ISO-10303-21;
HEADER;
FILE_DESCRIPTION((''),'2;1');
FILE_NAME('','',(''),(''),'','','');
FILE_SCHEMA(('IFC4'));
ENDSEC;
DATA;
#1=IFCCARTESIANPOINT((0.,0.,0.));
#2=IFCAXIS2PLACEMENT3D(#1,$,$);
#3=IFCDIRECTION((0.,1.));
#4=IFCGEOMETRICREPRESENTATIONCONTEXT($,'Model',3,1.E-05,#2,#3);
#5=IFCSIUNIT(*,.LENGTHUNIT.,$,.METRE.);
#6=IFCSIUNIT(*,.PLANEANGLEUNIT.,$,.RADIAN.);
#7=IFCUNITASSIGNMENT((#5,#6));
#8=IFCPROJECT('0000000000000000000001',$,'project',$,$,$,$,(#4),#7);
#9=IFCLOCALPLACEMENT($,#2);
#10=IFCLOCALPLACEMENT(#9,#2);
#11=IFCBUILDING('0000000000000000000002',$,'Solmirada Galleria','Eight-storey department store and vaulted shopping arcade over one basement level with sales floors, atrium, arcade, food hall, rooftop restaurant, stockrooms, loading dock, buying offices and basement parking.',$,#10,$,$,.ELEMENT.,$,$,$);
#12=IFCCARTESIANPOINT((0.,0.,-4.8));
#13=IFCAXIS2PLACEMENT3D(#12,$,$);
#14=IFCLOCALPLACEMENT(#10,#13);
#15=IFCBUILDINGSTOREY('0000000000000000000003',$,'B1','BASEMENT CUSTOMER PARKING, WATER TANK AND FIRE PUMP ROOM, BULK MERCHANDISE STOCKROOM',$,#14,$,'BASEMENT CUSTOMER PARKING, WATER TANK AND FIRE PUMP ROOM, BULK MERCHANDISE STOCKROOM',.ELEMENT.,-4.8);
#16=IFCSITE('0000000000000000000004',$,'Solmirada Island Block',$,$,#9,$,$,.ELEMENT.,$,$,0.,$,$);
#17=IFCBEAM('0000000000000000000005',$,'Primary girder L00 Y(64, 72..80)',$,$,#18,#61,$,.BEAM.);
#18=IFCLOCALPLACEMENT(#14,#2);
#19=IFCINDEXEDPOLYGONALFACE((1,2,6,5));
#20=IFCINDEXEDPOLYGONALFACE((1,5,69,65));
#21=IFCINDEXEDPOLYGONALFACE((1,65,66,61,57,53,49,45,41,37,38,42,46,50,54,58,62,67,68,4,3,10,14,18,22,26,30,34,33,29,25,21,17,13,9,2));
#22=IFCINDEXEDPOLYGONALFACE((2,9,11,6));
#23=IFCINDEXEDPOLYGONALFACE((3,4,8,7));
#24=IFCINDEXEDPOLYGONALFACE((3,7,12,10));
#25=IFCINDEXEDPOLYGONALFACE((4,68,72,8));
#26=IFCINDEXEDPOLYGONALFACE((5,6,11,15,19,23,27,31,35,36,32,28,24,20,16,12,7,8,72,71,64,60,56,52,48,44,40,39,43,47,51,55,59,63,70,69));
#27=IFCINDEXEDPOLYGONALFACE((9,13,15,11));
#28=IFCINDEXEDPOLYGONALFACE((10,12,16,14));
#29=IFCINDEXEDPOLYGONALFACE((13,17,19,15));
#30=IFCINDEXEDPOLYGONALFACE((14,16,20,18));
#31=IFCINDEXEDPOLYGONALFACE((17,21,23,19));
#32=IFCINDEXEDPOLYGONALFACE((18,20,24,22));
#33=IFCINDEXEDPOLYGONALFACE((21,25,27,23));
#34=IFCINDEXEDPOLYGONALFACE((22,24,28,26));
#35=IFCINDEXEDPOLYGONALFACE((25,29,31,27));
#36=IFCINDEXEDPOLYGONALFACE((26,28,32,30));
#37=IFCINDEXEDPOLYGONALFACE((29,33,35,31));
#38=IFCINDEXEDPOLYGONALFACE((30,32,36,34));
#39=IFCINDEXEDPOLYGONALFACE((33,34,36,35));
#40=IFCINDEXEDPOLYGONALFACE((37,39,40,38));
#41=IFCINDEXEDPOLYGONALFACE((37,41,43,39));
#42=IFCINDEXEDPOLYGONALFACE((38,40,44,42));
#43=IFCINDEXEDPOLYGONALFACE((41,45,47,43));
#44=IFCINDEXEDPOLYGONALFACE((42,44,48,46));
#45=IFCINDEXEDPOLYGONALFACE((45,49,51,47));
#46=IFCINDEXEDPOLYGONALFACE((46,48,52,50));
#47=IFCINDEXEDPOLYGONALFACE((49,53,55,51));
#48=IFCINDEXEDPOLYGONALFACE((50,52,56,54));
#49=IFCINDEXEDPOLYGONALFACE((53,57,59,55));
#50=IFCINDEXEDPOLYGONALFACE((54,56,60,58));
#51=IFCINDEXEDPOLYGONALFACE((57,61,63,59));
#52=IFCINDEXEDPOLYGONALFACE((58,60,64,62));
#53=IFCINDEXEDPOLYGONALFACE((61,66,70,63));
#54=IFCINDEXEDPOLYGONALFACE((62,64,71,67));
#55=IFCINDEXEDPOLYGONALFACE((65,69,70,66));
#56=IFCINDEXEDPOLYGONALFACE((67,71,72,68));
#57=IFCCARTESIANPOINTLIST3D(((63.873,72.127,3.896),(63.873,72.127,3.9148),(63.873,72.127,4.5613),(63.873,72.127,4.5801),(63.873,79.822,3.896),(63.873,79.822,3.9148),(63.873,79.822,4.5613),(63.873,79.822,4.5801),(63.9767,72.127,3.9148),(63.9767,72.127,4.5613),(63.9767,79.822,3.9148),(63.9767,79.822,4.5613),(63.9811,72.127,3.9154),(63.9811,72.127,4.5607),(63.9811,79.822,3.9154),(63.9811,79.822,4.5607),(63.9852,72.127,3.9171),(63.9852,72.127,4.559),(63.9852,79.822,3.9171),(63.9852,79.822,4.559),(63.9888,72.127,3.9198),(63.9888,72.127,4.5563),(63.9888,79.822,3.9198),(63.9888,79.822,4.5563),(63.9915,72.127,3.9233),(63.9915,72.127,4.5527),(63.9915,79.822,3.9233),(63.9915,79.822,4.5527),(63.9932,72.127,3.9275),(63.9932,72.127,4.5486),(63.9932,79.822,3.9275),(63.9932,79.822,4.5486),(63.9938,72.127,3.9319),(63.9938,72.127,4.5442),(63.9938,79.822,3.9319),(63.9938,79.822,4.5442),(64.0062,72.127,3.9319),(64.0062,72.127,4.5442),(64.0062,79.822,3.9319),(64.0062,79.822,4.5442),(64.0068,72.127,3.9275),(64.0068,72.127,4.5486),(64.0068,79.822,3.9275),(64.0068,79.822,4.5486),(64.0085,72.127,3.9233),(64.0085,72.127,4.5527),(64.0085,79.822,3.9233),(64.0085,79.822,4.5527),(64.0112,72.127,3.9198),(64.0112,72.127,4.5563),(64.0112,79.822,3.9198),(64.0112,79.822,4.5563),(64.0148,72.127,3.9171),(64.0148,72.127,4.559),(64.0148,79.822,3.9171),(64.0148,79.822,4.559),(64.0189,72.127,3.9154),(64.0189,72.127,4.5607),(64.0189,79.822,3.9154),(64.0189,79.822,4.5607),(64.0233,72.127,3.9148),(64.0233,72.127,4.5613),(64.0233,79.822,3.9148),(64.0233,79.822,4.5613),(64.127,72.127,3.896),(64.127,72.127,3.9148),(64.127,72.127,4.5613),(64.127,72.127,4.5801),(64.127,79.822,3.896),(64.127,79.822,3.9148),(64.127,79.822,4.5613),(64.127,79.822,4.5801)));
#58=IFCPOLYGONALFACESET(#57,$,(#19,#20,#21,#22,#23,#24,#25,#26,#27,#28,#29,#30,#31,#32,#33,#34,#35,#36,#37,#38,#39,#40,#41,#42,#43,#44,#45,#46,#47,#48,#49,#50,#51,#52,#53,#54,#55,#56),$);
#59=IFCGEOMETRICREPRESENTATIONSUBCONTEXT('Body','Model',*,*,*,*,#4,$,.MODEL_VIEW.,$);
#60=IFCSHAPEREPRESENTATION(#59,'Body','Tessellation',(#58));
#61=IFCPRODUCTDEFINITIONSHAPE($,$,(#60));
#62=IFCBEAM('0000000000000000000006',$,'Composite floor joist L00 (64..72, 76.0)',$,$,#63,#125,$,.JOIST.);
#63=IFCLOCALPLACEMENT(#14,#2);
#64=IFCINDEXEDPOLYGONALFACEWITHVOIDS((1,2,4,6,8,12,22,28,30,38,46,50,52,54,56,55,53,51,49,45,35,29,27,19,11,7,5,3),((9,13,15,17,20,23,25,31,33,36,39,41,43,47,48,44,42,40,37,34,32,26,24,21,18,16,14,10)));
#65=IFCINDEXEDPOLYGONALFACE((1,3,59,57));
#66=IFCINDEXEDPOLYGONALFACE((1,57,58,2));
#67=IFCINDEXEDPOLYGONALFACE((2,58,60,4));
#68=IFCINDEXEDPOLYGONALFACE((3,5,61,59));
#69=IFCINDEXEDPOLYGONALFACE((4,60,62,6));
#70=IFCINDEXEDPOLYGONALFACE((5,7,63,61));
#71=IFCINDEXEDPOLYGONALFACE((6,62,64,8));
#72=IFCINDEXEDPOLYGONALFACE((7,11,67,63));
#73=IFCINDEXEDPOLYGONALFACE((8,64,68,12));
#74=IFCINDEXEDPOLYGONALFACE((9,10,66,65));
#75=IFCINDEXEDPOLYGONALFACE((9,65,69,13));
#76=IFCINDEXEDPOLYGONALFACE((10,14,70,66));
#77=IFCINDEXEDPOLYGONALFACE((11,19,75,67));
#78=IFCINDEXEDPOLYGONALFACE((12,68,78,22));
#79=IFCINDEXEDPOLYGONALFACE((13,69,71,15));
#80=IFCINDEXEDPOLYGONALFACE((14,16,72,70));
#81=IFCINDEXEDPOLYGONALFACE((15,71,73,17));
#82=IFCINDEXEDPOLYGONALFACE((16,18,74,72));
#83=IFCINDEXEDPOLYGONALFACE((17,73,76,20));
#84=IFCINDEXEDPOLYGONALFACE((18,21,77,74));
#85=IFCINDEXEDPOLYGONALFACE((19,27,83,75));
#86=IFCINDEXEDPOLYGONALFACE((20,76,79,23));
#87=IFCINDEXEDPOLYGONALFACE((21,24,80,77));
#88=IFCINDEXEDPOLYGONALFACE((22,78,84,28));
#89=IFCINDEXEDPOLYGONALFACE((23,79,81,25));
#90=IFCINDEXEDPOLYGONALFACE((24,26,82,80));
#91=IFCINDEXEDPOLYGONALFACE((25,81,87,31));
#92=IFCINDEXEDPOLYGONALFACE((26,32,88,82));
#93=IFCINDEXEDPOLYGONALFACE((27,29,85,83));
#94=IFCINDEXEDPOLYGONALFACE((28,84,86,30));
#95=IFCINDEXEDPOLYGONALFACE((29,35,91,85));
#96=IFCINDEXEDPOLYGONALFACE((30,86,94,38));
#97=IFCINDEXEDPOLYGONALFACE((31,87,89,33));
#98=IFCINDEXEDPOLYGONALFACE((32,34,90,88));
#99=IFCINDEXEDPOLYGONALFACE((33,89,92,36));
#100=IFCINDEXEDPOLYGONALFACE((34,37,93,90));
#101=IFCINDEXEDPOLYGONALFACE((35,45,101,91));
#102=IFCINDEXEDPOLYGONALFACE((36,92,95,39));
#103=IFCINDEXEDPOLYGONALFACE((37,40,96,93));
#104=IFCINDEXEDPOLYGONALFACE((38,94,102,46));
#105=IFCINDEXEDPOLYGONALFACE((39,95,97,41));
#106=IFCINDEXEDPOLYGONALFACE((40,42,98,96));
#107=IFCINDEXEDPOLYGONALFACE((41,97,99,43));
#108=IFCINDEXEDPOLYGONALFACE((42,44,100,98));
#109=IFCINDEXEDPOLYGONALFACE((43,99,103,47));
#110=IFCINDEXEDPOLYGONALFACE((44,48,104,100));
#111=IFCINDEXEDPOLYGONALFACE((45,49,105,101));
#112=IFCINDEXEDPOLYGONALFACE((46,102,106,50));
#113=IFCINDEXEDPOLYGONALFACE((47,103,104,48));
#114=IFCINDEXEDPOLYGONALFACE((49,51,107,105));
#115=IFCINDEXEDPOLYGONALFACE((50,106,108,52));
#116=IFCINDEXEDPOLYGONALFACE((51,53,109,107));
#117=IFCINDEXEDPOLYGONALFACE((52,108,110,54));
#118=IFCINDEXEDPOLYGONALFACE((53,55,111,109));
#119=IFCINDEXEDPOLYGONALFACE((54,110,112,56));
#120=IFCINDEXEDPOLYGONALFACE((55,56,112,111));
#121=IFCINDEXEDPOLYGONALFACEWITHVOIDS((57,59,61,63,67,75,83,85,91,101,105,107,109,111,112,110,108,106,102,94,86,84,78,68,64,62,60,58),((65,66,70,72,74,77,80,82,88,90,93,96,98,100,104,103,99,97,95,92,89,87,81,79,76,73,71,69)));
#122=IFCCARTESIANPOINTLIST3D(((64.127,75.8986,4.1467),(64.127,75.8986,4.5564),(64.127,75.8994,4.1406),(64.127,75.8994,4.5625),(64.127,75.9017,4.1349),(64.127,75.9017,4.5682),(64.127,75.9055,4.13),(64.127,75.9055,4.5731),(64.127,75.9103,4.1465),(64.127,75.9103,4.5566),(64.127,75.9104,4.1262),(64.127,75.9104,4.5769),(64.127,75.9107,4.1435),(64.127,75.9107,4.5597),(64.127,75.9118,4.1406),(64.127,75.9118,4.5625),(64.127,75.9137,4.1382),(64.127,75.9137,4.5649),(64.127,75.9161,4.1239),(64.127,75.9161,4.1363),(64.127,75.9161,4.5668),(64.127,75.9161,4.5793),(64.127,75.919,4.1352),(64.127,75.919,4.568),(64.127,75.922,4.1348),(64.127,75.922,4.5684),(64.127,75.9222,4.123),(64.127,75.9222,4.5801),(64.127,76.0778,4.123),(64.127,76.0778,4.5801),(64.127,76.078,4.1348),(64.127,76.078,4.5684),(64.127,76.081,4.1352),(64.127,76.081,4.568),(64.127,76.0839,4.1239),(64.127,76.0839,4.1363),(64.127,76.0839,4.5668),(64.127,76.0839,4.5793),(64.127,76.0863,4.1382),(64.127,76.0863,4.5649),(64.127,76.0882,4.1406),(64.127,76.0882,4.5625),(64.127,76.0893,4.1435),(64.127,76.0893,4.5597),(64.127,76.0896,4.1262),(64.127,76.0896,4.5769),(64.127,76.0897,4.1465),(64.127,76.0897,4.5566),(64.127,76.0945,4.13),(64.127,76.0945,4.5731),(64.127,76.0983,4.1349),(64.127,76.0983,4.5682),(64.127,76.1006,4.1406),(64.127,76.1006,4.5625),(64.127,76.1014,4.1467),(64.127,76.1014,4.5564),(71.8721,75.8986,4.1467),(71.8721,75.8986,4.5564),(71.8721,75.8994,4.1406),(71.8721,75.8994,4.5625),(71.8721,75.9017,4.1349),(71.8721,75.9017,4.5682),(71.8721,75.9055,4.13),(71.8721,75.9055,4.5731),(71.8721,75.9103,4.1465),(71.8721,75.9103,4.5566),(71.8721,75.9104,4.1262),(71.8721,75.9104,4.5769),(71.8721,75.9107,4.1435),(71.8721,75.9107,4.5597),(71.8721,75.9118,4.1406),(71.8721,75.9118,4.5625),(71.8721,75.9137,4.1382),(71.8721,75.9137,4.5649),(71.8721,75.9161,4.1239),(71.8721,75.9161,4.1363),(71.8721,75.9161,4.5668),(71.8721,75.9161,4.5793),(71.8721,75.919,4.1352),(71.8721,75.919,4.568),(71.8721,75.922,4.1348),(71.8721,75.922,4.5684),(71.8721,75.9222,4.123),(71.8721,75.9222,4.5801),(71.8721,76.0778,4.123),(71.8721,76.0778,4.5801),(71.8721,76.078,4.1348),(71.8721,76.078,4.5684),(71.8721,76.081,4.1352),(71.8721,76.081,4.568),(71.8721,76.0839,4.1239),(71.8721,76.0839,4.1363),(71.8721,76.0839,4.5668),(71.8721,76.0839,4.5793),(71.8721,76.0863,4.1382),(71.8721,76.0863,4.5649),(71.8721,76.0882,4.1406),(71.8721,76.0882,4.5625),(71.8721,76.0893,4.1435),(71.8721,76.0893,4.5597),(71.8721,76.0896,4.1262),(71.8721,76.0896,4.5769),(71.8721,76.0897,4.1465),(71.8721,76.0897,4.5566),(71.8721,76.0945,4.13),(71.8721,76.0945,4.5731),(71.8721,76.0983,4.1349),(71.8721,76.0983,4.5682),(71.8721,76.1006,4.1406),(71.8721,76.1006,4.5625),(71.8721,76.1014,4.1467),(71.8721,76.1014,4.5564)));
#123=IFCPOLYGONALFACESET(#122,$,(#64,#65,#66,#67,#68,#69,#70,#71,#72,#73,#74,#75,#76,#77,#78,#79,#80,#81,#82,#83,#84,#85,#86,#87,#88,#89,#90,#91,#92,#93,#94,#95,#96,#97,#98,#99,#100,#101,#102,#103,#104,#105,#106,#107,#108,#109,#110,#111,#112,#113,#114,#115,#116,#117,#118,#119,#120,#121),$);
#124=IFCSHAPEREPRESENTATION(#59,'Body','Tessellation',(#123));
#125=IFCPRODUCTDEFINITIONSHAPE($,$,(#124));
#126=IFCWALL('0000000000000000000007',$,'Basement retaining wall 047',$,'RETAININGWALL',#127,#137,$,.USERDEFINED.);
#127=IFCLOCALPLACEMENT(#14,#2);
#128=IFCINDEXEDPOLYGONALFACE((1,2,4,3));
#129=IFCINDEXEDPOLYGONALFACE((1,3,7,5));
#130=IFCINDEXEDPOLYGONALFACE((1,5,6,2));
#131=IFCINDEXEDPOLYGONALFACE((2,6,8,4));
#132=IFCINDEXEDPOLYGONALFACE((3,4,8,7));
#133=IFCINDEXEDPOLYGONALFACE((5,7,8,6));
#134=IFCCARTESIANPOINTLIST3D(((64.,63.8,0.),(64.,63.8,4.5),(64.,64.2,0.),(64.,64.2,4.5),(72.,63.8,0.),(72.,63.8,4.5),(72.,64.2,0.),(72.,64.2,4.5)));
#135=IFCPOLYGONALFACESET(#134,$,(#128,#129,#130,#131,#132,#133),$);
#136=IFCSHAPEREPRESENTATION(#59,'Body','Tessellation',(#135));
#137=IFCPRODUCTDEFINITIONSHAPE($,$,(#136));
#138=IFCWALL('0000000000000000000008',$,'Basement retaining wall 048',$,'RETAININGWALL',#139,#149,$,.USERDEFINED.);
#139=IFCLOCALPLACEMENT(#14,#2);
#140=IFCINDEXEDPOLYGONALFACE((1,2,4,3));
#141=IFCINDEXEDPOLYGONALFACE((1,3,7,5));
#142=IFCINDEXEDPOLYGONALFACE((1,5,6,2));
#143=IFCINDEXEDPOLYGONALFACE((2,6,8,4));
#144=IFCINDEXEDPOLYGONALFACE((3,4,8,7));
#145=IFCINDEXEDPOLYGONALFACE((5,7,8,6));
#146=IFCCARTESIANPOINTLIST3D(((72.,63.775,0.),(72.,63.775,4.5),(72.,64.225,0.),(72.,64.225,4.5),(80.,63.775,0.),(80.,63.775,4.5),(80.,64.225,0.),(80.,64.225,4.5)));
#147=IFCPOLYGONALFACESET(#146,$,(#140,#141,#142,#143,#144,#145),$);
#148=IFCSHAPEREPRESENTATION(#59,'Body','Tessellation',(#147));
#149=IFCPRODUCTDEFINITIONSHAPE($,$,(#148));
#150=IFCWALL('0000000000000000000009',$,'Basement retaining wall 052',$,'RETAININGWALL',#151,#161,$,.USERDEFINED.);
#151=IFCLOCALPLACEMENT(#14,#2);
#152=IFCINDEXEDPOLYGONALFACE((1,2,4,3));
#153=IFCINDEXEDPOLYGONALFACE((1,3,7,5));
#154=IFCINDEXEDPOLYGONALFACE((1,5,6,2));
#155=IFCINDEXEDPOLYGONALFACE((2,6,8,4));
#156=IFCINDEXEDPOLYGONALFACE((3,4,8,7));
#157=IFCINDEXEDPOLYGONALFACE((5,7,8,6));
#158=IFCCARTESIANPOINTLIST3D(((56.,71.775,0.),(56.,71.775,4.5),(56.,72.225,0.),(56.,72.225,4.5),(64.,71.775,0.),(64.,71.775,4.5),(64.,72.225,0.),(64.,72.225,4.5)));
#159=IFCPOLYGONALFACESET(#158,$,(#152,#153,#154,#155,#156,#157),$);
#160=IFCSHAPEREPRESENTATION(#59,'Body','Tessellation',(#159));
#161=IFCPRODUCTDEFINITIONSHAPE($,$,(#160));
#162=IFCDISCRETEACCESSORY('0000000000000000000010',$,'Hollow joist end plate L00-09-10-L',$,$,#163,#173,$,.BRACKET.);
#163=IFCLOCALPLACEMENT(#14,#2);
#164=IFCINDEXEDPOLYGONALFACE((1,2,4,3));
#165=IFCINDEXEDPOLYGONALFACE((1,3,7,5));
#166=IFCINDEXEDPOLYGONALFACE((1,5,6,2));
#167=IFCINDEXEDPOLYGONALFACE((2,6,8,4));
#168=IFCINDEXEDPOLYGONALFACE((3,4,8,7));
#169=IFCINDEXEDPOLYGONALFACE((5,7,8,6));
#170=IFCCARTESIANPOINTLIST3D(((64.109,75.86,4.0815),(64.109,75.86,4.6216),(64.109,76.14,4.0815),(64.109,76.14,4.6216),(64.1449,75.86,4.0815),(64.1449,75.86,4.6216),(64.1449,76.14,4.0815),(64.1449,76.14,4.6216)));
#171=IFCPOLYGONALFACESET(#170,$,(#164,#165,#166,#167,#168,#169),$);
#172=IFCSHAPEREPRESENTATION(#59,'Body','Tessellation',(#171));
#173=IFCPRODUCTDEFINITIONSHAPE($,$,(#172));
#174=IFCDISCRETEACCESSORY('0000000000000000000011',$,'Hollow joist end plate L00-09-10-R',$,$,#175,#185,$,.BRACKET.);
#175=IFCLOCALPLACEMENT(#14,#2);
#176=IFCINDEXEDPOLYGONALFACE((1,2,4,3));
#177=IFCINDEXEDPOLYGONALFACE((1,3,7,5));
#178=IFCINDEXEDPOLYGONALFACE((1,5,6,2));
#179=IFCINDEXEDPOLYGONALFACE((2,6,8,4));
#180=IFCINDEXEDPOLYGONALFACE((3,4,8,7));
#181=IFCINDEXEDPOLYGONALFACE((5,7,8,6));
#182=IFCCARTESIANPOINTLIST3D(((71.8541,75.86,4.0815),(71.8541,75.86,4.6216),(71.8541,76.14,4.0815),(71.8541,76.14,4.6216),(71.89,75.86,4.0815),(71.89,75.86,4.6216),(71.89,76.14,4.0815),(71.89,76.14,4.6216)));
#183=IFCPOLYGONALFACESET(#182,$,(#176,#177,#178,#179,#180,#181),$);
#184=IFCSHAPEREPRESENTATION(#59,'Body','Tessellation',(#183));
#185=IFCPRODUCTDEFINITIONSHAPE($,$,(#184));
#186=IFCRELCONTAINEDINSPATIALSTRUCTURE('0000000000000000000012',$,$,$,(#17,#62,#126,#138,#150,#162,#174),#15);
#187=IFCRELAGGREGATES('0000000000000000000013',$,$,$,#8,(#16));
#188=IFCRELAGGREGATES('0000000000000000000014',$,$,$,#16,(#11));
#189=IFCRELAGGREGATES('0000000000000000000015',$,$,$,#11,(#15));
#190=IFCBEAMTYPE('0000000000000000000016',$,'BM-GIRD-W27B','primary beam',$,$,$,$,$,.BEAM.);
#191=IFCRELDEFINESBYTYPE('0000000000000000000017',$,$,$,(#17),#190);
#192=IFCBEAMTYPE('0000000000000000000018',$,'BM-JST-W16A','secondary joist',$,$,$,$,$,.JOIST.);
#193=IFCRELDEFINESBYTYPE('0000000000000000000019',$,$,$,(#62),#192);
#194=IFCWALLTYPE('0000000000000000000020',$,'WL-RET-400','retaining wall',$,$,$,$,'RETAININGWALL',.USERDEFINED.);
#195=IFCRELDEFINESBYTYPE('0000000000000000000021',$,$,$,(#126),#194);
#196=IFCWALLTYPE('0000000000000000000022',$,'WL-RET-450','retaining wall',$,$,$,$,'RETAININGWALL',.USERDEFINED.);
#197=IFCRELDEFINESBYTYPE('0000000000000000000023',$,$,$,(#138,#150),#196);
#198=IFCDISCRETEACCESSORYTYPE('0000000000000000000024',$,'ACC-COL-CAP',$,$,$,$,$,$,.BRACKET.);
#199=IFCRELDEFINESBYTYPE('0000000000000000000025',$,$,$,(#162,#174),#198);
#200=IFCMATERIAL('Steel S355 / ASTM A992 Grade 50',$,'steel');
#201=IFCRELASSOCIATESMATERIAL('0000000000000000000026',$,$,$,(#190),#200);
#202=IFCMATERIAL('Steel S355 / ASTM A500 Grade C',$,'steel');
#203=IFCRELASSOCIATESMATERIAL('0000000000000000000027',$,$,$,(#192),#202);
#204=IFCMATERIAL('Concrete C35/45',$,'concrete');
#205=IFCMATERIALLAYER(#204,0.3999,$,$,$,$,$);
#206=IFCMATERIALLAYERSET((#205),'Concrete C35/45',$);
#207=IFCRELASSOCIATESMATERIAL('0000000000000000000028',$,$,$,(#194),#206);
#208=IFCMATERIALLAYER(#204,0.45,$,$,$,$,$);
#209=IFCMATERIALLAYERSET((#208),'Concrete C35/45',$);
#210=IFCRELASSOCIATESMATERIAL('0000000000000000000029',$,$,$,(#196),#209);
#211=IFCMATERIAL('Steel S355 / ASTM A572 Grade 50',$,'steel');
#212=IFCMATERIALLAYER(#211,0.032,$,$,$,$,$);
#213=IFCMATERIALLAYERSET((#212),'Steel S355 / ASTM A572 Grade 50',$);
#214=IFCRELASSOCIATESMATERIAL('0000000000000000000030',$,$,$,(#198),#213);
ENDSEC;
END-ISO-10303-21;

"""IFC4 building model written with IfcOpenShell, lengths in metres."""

from ifc_helpers import new_model, si_unit, direction, frame, frame_2d, origin, origin_2d, place, context, subcontext, project, spatial, rectangle, hollow_rectangle, i_section, extrude, material, layer, layer_set, material_profile, profile_set, type_object, element, save


model = new_model("IFC4")

# Units and contexts
model_context = context("Model", 3, precision=1e-05, world=origin(), true_north=direction((0.0, 1.0)))
body_context = subcontext(model_context, "Body", "Model", "MODEL_VIEW")
ifc_project = project(units=[si_unit("LENGTHUNIT", "METRE"), si_unit("PLANEANGLEUNIT", "RADIAN")], contexts=[model_context])

# Site, building, storey
site_placement = place(None, origin())
site = spatial("IfcSite", under=ifc_project, at=site_placement, Name="Solmirada Island Block", CompositionType="ELEMENT", RefElevation=0.0)
building_placement = place(site_placement, origin())
building = spatial("IfcBuilding", under=site, at=building_placement, Name="Solmirada Galleria", Description="Eight-storey department store and vaulted shopping arcade over one basement level with sales floors, atrium, arcade, food hall, rooftop restaurant, stockrooms, loading dock, buying offices and basement parking.", CompositionType="ELEMENT")
storey_placement = place(building_placement, frame((0.0, 0.0, -4.8)))
storey = spatial("IfcBuildingStorey", under=building, at=storey_placement, Name="B1", Description="BASEMENT CUSTOMER PARKING, WATER TANK AND FIRE PUMP ROOM, BULK MERCHANDISE STOCKROOM", LongName="BASEMENT CUSTOMER PARKING, WATER TANK AND FIRE PUMP ROOM, BULK MERCHANDISE STOCKROOM", CompositionType="ELEMENT", Elevation=-4.8)

# Shared definitions
ifc_material_1 = material(Name="Concrete C35/45", Category="concrete")

# Shared definitions
ifc_material_2 = material(Name="Steel S355 / ASTM A500 Grade C", Category="steel")

# Beams
ifc_material_3 = material(Name="Steel S355 / ASTM A992 Grade 50", Category="steel")
ifc_material_profile_1 = material_profile(ifc_material_3, i_section(OverallWidth=0.2539, OverallDepth=0.6841, WebThickness=0.0125, FlangeThickness=0.0188, FilletRadius=0.0171, at=origin_2d()), Name="W27X94")
ifc_profile_set_1 = profile_set([ifc_material_profile_1], Name="Steel S355 / ASTM A992 Grade 50")
beam_type_1 = type_object("IfcBeamType", Name="BM-GIRD-W27B", Description="primary beam", PredefinedType="BEAM", material=ifc_profile_set_1)
beam_1_placement = place(storey_placement, frame((64.0, 72.127, 4.238), z_axis=(0.0, 1.0, 0.0), x_axis=(-1.0, 0.0, 0.0)))
element("IfcBeam", 1, at=beam_1_placement, inside=storey, type_object=beam_type_1, Name="Primary girder L00 Y(64, 72..80)", PredefinedType="BEAM", context=body_context, shape_type="SweptSolid", body=[
    extrude(i_section(OverallWidth=0.2539, OverallDepth=0.6841, WebThickness=0.0125, FlangeThickness=0.0188, FilletRadius=0.0171, at=origin_2d()), origin(), (0.0, 0.0, 1.0), 7.6951),
])
ifc_material_profile_2 = material_profile(ifc_material_2, hollow_rectangle(XDim=0.2029, YDim=0.457, WallThickness=0.0117, InnerFilletRadius=0.0117, OuterFilletRadius=0.0237, at=origin_2d()), Name="HSS18X8X1/2")
ifc_profile_set_2 = profile_set([ifc_material_profile_2], Name="Steel S355 / ASTM A500 Grade C")
beam_type_2 = type_object("IfcBeamType", Name="BM-JST-W16A", Description="secondary joist", PredefinedType="JOIST", material=ifc_profile_set_2)
beam_2_placement = place(storey_placement, frame((64.127, 76.0, 4.3516), z_axis=(1.0, 0.0, 0.0), x_axis=(0.0, 1.0, 0.0)))
element("IfcBeam", 2, at=beam_2_placement, inside=storey, type_object=beam_type_2, Name="Composite floor joist L00 (64..72, 76.0)", PredefinedType="JOIST", context=body_context, shape_type="SweptSolid", body=[
    extrude(hollow_rectangle(XDim=0.2029, YDim=0.457, WallThickness=0.0117, InnerFilletRadius=0.0117, OuterFilletRadius=0.0237, at=origin_2d()), origin(), (0.0, 0.0, 1.0), 7.7451),
])

# Walls
ifc_layer_1 = layer(ifc_material_1, 0.3999)
ifc_layer_set_1 = layer_set([ifc_layer_1], Name="Concrete C35/45")
wall_type_1 = type_object("IfcWallType", Name="WL-RET-400", Description="retaining wall", ElementType="RETAININGWALL", PredefinedType="USERDEFINED", material=ifc_layer_set_1)
wall_placement = place(storey_placement, frame((64.0, 64.0, 0.0), z_axis=(0.0, 0.0, 1.0), x_axis=(1.0, 0.0, 0.0)))
element("IfcWall", 3, at=wall_placement, inside=storey, type_object=wall_type_1, Name="Basement retaining wall 047", ObjectType="RETAININGWALL", PredefinedType="USERDEFINED", context=body_context, shape_type="SweptSolid", body=[
    extrude(rectangle(XDim=8.0, YDim=0.3999, at=frame_2d((4.0, 0.0))), origin(), (0.0, 0.0, 1.0), 4.5),
])
ifc_layer_2 = layer(ifc_material_1, 0.45)
ifc_layer_set_2 = layer_set([ifc_layer_2], Name="Concrete C35/45")
wall_type_2 = type_object("IfcWallType", Name="WL-RET-450", Description="retaining wall", ElementType="RETAININGWALL", PredefinedType="USERDEFINED", material=ifc_layer_set_2)
for number, where, z_axis, x_axis, name in (
    (4, (72.0, 64.0, 0.0), (0.0, 0.0, 1.0), (1.0, 0.0, 0.0), "Basement retaining wall 048"),
    (5, (64.0, 72.0, 0.0), (0.0, 0.0, 1.0), (-1.0, 0.0, 0.0), "Basement retaining wall 052"),
):
    element("IfcWall", number, at=place(storey_placement, frame(where, z_axis=z_axis, x_axis=x_axis)), inside=storey, type_object=wall_type_2, Name=name, ObjectType="RETAININGWALL", PredefinedType="USERDEFINED", context=body_context, shape_type="SweptSolid", body=[
        extrude(rectangle(XDim=8.0, YDim=0.45, at=frame_2d((4.0, 0.0))), origin(), (0.0, 0.0, 1.0), 4.5),
    ])

# Discrete accessories
ifc_material_4 = material(Name="Steel S355 / ASTM A572 Grade 50", Category="steel")
ifc_layer_3 = layer(ifc_material_4, 0.032)
ifc_layer_set_3 = layer_set([ifc_layer_3], Name="Steel S355 / ASTM A572 Grade 50")
discrete_accessory_type = type_object("IfcDiscreteAccessoryType", Name="ACC-COL-CAP", PredefinedType="BRACKET", material=ifc_layer_set_3)
for number, where, z_axis, x_axis, name in (
    (6, (64.127, 76.0, 4.0815), (0.0, 0.0, 1.0), (1.0, 0.0, 0.0), "Hollow joist end plate L00-09-10-L"),
    (7, (71.8721, 76.0, 4.0815), (0.0, 0.0, 1.0), (1.0, 0.0, 0.0), "Hollow joist end plate L00-09-10-R"),
):
    element("IfcDiscreteAccessory", number, at=place(storey_placement, frame(where, z_axis=z_axis, x_axis=x_axis)), inside=storey, type_object=discrete_accessory_type, Name=name, PredefinedType="BRACKET", context=body_context, shape_type="SweptSolid", body=[
        extrude(rectangle(XDim=0.0359, YDim=0.28, at=origin_2d()), origin(), (0.0, 0.0, 1.0), 0.54),
    ])

save(model, "model.ifc")
